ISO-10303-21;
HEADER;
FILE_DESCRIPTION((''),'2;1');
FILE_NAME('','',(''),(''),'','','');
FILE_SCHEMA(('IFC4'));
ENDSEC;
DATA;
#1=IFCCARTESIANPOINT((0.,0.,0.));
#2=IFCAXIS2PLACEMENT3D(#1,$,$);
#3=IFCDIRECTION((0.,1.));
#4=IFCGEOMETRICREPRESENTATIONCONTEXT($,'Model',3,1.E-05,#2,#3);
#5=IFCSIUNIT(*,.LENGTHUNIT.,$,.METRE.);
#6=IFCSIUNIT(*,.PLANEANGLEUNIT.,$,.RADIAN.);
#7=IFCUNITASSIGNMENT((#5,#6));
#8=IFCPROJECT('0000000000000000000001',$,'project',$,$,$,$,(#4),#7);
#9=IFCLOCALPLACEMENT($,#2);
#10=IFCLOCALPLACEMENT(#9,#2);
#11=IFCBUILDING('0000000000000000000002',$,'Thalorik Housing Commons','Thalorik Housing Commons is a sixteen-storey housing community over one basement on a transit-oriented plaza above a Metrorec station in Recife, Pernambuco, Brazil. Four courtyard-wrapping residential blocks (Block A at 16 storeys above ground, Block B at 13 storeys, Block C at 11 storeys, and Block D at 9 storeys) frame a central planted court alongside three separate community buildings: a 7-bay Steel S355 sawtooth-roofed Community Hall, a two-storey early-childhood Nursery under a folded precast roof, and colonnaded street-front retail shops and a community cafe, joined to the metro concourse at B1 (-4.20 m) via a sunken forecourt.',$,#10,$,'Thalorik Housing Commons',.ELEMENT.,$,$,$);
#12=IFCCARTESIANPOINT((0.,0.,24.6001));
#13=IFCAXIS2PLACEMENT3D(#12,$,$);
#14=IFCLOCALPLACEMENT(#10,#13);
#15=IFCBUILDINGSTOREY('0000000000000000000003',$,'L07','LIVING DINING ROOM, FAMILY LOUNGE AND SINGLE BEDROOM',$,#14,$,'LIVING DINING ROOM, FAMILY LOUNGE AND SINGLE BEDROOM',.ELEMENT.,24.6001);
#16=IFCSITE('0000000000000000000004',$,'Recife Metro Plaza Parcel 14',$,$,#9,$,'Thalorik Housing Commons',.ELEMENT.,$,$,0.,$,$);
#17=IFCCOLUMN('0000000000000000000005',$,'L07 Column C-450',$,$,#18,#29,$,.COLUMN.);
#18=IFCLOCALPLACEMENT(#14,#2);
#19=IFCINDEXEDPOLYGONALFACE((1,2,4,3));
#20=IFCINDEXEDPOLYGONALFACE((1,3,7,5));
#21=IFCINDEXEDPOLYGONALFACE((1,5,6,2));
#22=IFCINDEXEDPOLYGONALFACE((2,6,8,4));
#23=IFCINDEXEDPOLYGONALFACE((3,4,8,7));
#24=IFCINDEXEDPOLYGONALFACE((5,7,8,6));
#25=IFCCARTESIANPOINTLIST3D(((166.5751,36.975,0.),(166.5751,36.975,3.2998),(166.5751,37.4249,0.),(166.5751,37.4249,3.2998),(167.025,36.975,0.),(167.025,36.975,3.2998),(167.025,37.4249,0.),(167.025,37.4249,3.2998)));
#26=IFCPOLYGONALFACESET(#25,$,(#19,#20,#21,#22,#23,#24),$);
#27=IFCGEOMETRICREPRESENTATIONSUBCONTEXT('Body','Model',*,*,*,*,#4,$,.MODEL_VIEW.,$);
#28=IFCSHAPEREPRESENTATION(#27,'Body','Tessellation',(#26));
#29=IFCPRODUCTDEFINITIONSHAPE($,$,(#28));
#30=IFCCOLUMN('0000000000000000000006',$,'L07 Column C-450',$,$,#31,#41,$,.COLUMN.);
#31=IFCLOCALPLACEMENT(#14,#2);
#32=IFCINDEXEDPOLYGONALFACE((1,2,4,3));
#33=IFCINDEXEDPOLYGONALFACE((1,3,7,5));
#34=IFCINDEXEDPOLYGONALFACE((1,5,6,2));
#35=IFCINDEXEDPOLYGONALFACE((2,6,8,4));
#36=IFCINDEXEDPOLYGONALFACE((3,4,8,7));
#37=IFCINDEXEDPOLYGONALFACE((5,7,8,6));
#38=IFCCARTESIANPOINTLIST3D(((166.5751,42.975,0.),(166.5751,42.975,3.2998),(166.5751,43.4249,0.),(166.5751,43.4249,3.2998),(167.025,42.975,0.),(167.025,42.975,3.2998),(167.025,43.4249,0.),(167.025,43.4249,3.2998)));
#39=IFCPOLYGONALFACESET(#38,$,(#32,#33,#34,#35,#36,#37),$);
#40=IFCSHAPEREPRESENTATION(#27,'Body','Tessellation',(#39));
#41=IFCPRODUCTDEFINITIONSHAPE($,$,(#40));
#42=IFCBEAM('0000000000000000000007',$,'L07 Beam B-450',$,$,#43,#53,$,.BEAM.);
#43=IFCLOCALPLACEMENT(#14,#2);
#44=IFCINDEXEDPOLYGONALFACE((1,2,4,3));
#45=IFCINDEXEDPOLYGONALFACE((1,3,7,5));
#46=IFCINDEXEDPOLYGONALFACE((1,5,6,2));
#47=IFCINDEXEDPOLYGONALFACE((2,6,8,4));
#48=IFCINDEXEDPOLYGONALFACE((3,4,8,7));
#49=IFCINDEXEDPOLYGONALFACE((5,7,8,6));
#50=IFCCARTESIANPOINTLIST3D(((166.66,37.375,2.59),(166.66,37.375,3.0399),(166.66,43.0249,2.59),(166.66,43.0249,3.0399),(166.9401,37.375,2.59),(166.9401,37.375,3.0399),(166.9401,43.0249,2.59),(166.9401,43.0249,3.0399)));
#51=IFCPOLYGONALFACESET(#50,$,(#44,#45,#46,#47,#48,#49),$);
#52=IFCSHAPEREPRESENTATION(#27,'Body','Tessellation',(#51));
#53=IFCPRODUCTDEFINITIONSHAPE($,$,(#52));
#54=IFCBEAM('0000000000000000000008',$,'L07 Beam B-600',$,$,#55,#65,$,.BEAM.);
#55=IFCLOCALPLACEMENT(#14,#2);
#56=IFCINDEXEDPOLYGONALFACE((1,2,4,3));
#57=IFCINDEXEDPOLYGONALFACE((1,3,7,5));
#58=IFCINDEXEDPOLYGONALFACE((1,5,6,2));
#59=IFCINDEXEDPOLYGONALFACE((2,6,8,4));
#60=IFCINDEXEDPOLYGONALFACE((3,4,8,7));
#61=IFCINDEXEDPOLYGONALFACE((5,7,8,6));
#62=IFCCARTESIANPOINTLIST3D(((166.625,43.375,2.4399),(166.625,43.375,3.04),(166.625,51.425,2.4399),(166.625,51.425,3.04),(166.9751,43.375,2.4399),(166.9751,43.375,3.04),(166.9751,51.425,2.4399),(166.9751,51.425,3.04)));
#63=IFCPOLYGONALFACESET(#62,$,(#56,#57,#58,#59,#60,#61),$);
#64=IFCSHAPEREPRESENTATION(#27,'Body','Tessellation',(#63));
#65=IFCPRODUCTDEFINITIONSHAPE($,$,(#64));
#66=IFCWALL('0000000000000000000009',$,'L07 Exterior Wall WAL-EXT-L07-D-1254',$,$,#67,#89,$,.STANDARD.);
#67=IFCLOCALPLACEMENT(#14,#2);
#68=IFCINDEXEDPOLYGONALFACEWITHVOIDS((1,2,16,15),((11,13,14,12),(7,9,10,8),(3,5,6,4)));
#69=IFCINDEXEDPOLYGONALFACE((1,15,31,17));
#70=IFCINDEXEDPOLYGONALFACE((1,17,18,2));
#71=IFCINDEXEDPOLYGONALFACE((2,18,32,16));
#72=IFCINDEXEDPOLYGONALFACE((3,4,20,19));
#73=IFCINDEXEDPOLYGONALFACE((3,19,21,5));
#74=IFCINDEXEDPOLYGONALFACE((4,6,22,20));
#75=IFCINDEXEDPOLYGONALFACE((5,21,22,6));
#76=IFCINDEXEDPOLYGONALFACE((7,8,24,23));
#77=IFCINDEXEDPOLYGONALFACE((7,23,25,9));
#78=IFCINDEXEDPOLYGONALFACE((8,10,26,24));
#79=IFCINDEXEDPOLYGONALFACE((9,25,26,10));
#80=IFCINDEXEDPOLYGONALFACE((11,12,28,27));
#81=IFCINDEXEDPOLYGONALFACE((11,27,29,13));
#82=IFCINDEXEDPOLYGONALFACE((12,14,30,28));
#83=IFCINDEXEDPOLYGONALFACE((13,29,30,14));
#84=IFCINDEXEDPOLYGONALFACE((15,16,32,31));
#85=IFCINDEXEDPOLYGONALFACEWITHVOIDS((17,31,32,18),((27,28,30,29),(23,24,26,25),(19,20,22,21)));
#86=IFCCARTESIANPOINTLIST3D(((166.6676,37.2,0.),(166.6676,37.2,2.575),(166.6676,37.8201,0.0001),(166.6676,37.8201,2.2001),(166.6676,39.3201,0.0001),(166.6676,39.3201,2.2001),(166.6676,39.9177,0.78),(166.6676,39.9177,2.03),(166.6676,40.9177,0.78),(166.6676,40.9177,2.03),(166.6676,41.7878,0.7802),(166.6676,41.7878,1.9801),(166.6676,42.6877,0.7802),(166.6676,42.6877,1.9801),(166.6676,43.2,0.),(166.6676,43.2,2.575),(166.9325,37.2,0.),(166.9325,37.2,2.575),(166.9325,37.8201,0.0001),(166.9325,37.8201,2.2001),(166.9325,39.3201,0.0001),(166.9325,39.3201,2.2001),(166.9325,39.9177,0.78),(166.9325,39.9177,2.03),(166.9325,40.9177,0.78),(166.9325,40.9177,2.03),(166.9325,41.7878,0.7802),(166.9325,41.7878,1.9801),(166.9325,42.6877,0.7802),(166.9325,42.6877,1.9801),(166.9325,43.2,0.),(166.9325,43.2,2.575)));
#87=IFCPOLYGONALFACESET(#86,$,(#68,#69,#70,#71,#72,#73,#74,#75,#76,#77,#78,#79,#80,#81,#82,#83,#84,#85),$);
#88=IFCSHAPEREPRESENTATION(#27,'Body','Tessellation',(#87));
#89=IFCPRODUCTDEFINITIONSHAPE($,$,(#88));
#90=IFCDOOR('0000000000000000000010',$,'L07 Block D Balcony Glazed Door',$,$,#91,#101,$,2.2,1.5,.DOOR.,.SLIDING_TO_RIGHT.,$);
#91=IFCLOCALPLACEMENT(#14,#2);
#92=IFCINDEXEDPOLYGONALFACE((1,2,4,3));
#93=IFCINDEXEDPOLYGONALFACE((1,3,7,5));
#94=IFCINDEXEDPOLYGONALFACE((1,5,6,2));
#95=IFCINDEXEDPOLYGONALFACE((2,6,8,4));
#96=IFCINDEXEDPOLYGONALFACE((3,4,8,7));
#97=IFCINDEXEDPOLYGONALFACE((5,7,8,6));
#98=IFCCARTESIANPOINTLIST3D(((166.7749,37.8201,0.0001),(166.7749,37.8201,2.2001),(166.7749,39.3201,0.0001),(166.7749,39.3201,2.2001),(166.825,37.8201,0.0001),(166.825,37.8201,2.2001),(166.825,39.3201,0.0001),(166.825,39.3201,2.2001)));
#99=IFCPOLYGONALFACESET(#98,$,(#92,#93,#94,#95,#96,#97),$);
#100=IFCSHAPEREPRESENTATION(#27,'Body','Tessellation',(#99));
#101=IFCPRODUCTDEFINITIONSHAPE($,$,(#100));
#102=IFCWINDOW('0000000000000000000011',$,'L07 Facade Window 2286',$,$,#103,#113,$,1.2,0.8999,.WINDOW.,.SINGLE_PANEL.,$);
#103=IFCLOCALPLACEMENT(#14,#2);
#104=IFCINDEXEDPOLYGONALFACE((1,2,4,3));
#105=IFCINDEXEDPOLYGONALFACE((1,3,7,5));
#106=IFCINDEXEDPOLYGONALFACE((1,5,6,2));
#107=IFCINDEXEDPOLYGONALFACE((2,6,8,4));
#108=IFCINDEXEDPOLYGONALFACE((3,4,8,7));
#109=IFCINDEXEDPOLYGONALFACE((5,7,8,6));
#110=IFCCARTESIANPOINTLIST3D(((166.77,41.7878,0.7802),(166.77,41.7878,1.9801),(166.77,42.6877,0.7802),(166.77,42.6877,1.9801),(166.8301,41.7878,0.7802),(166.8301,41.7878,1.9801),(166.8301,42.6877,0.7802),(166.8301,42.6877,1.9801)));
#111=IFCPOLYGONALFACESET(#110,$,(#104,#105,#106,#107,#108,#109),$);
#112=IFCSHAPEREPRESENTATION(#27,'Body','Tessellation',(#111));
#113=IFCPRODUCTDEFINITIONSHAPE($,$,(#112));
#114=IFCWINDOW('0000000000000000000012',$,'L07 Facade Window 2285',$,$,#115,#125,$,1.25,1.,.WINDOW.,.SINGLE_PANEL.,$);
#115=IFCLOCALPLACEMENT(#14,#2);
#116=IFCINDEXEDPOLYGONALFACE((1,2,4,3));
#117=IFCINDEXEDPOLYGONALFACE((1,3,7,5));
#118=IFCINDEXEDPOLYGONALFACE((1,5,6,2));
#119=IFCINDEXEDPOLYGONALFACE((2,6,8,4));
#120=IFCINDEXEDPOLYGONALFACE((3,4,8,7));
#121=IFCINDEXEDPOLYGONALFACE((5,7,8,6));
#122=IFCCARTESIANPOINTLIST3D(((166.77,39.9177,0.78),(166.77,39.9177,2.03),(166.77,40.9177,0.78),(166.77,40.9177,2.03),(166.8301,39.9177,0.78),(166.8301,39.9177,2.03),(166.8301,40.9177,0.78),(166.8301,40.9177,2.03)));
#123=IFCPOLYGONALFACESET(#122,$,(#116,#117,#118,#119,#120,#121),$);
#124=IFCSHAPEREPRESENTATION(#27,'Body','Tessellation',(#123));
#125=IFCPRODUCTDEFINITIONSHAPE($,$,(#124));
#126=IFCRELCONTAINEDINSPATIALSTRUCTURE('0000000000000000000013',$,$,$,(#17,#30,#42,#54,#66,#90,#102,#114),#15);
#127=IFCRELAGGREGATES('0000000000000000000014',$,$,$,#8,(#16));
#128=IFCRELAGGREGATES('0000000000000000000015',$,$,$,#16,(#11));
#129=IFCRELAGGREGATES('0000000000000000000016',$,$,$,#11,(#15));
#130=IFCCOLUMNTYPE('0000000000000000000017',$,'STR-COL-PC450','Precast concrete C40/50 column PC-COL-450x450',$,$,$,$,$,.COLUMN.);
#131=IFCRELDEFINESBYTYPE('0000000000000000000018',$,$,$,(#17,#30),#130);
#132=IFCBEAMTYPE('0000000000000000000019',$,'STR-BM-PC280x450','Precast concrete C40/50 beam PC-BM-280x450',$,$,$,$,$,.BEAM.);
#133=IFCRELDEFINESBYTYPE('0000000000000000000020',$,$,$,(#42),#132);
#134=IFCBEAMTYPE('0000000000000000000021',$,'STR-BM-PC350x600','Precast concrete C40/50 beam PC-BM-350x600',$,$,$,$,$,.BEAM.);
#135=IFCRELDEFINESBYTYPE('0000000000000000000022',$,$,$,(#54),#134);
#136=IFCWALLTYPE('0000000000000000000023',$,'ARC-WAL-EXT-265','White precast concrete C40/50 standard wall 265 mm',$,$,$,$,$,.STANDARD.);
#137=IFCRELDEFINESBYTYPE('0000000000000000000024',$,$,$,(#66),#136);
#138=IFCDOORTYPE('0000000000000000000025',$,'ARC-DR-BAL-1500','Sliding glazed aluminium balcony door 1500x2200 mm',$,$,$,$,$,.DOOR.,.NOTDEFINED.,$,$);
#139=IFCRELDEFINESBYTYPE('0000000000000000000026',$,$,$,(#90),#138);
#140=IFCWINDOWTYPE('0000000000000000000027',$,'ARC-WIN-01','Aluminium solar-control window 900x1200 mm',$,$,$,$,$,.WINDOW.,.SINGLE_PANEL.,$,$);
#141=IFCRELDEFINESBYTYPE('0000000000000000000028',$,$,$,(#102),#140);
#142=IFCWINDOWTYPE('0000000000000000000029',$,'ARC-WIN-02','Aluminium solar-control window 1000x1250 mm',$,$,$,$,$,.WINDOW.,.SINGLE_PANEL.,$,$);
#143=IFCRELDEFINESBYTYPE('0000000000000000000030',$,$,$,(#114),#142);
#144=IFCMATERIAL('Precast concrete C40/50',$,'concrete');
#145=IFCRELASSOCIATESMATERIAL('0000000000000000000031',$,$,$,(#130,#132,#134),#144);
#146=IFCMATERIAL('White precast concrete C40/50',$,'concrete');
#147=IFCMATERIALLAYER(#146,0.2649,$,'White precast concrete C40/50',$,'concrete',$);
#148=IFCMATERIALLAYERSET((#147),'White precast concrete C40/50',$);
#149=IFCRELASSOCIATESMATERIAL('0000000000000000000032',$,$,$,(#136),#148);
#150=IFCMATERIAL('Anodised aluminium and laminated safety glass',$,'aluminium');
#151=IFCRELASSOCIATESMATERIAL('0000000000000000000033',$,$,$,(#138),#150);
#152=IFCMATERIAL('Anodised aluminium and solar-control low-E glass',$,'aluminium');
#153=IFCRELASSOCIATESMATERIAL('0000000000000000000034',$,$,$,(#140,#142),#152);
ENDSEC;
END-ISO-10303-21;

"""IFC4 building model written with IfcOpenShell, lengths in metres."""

from ifc_helpers import new_model, si_unit, direction, frame, frame_2d, origin, origin_2d, place, context, subcontext, project, spatial, rectangle, extrude, material, layer, layer_set, material_profile, profile_set, type_object, element, fill, save


model = new_model("IFC4")

# Units and contexts
model_context = context("Model", 3, precision=1e-05, world=origin(), true_north=direction((0.0, 1.0)))
body_context = subcontext(model_context, "Body", "Model", "MODEL_VIEW")
ifc_project = project(units=[si_unit("LENGTHUNIT", "METRE"), si_unit("PLANEANGLEUNIT", "RADIAN")], contexts=[model_context])

# Site, building, storey
site_placement = place(None, origin())
site = spatial("IfcSite", under=ifc_project, at=site_placement, Name="Recife Metro Plaza Parcel 14", LongName="Thalorik Housing Commons", CompositionType="ELEMENT", RefElevation=0.0)
building_placement = place(site_placement, origin())
building = spatial("IfcBuilding", under=site, at=building_placement, Name="Thalorik Housing Commons", Description="Thalorik Housing Commons is a sixteen-storey housing community over one basement on a transit-oriented plaza above a Metrorec station in Recife, Pernambuco, Brazil. Four courtyard-wrapping residential blocks (Block A at 16 storeys above ground, Block B at 13 storeys, Block C at 11 storeys, and Block D at 9 storeys) frame a central planted court alongside three separate community buildings: a 7-bay Steel S355 sawtooth-roofed Community Hall, a two-storey early-childhood Nursery under a folded precast roof, and colonnaded street-front retail shops and a community cafe, joined to the metro concourse at B1 (-4.20 m) via a sunken forecourt.", LongName="Thalorik Housing Commons", CompositionType="ELEMENT")
storey_placement = place(building_placement, frame((0.0, 0.0, 24.6001)))
storey = spatial("IfcBuildingStorey", under=building, at=storey_placement, Name="L07", Description="LIVING DINING ROOM, FAMILY LOUNGE AND SINGLE BEDROOM", LongName="LIVING DINING ROOM, FAMILY LOUNGE AND SINGLE BEDROOM", CompositionType="ELEMENT", Elevation=24.6001)

# Columns
ifc_material_1 = material(Name="Precast concrete C40/50", Category="concrete")
ifc_material_profile_1 = material_profile(ifc_material_1, rectangle(XDim=0.45, YDim=0.45, at=origin_2d()), Name="PC 450x450", Category="concrete")
ifc_profile_set_1 = profile_set([ifc_material_profile_1], Name="Precast concrete C40/50")
column_type = type_object("IfcColumnType", Name="STR-COL-PC450", Description="Precast concrete C40/50 column PC-COL-450x450", PredefinedType="COLUMN", material=ifc_profile_set_1)
for number, where, z_axis, x_axis, name in (
    (1, (166.8, 37.2, 0.0), (0.0, 0.0, 1.0), (1.0, 0.0, 0.0), "L07 Column C-450"),
    (2, (166.8, 43.2, 0.0), (0.0, 0.0, 1.0), (1.0, 0.0, 0.0), "L07 Column C-450"),
):
    element("IfcColumn", number, at=place(storey_placement, frame(where, z_axis=z_axis, x_axis=x_axis)), inside=storey, type_object=column_type, Name=name, PredefinedType="COLUMN", context=body_context, shape_type="SweptSolid", body=[
        extrude(rectangle(XDim=0.45, YDim=0.45, at=origin_2d()), origin(), (0.0, 0.0, 1.0), 3.2998),
    ])

# Beams
ifc_material_profile_2 = material_profile(ifc_material_1, rectangle(XDim=0.28, YDim=0.45, at=origin_2d()), Name="PC 280x450", Category="concrete")
ifc_profile_set_2 = profile_set([ifc_material_profile_2], Name="Precast concrete C40/50")
beam_type_1 = type_object("IfcBeamType", Name="STR-BM-PC280x450", Description="Precast concrete C40/50 beam PC-BM-280x450", PredefinedType="BEAM", material=ifc_profile_set_2)
beam_1_placement = place(storey_placement, frame((166.8, 37.375, 2.8149), z_axis=(0.0, 1.0, 0.0), x_axis=(-1.0, 0.0, 0.0)))
element("IfcBeam", 3, at=beam_1_placement, inside=storey, type_object=beam_type_1, Name="L07 Beam B-450", PredefinedType="BEAM", context=body_context, shape_type="SweptSolid", body=[
    extrude(rectangle(XDim=0.28, YDim=0.45, at=origin_2d()), origin(), (0.0, 0.0, 1.0), 5.6499),
])
ifc_material_profile_3 = material_profile(ifc_material_1, rectangle(XDim=0.3501, YDim=0.6001, at=origin_2d()), Name="PC 350x600", Category="concrete")
ifc_profile_set_3 = profile_set([ifc_material_profile_3], Name="Precast concrete C40/50")
beam_type_2 = type_object("IfcBeamType", Name="STR-BM-PC350x600", Description="Precast concrete C40/50 beam PC-BM-350x600", PredefinedType="BEAM", material=ifc_profile_set_3)
beam_2_placement = place(storey_placement, frame((166.8, 43.375, 2.74), z_axis=(0.0, 1.0, 0.0), x_axis=(-1.0, 0.0, 0.0)))
element("IfcBeam", 4, at=beam_2_placement, inside=storey, type_object=beam_type_2, Name="L07 Beam B-600", PredefinedType="BEAM", context=body_context, shape_type="SweptSolid", body=[
    extrude(rectangle(XDim=0.3501, YDim=0.6001, at=origin_2d()), origin(), (0.0, 0.0, 1.0), 8.05),
])

# Wall, openings, door, windows
ifc_material_2 = material(Name="White precast concrete C40/50", Category="concrete")
ifc_layer_1 = layer(ifc_material_2, 0.2649, Name="White precast concrete C40/50", Category="concrete")
ifc_layer_set_1 = layer_set([ifc_layer_1], Name="White precast concrete C40/50")
wall_type_1 = type_object("IfcWallType", Name="ARC-WAL-EXT-265", Description="White precast concrete C40/50 standard wall 265 mm", PredefinedType="STANDARD", material=ifc_layer_set_1)
wall_1_placement = place(storey_placement, frame((166.8, 37.2, 0.0), z_axis=(0.0, 0.0, 1.0), x_axis=(0.0, 1.0, 0.0)))
wall_1 = element("IfcWall", 5, at=wall_1_placement, inside=storey, type_object=wall_type_1, Name="L07 Exterior Wall WAL-EXT-L07-D-1254", PredefinedType="STANDARD", context=body_context, shape_type="SweptSolid", body=[
    extrude(rectangle(XDim=6.0, YDim=0.2649, at=frame_2d((3.0, 0.0))), origin(), (0.0, 0.0, 1.0), 2.575),
])
opening_1_placement = place(wall_1_placement, frame((0.6201, 0.0, 0.0)))
opening_1 = element("IfcOpeningElement", 6, at=opening_1_placement, cuts=wall_1, PredefinedType="OPENING", context=body_context, shape_type="SweptSolid", body=[
    extrude(rectangle(XDim=1.5, YDim=2.2, at=frame_2d((0.75, 1.1001))), frame((0.0, 0.1426, 0.0), z_axis=(0.0, -1.0, 0.0), x_axis=(1.0, 0.0, 0.0)), (0.0, 0.0, 1.0), 0.2849),
])
opening_2_placement = place(wall_1_placement, frame((2.7178, 0.0, 0.78)))
opening_2 = element("IfcOpeningElement", 7, at=opening_2_placement, cuts=wall_1, PredefinedType="OPENING", context=body_context, shape_type="SweptSolid", body=[
    extrude(rectangle(XDim=1.0, YDim=1.25, at=frame_2d((0.5, 0.625))), frame((0.0, 0.1426, 0.0), z_axis=(0.0, -1.0, 0.0), x_axis=(1.0, 0.0, 0.0)), (0.0, 0.0, 1.0), 0.2849),
])
opening_3_placement = place(wall_1_placement, frame((4.5879, 0.0, 0.78)))
opening_3 = element("IfcOpeningElement", 8, at=opening_3_placement, cuts=wall_1, PredefinedType="OPENING", context=body_context, shape_type="SweptSolid", body=[
    extrude(rectangle(XDim=0.8999, YDim=1.2, at=frame_2d((0.45, 0.6001))), frame((0.0, 0.1426, 0.0), z_axis=(0.0, -1.0, 0.0), x_axis=(1.0, 0.0, 0.0)), (0.0, 0.0, 1.0), 0.2849),
])
ifc_material_3 = material(Name="Anodised aluminium and laminated safety glass", Category="aluminium")
door_type_1 = type_object("IfcDoorType", Name="ARC-DR-BAL-1500", Description="Sliding glazed aluminium balcony door 1500x2200 mm", OperationType="NOTDEFINED", PredefinedType="DOOR", material=ifc_material_3)
door_1_placement = place(opening_1_placement, frame((1.5, 0.0, 0.0), z_axis=(0.0, 0.0, 1.0), x_axis=(-1.0, 0.0, 0.0)))
door_1 = element("IfcDoor", 9, at=door_1_placement, inside=storey, type_object=door_type_1, Name="L07 Block D Balcony Glazed Door", OperationType="SLIDING_TO_RIGHT", OverallHeight=2.2, OverallWidth=1.5, PredefinedType="DOOR", context=body_context, shape_type="SweptSolid", body=[
    extrude(rectangle(XDim=1.5, YDim=2.2, at=frame_2d((0.75, 1.1001))), frame((0.0, 0.0249, 0.0), z_axis=(0.0, -1.0, 0.0), x_axis=(1.0, 0.0, 0.0)), (0.0, 0.0, 1.0), 0.05),
])
fill(opening_1, door_1)
ifc_material_4 = material(Name="Anodised aluminium and solar-control low-E glass", Category="aluminium")
window_type_1 = type_object("IfcWindowType", Name="ARC-WIN-01", Description="Aluminium solar-control window 900x1200 mm", PartitioningType="SINGLE_PANEL", PredefinedType="WINDOW", material=ifc_material_4)
window_1_placement = place(opening_3_placement, origin())
window_1 = element("IfcWindow", 10, at=window_1_placement, inside=storey, type_object=window_type_1, Name="L07 Facade Window 2286", OverallHeight=1.2, OverallWidth=0.8999, PartitioningType="SINGLE_PANEL", PredefinedType="WINDOW", context=body_context, shape_type="SweptSolid", body=[
    extrude(rectangle(XDim=0.8999, YDim=1.2, at=frame_2d((0.45, 0.6001))), frame((0.0, 0.03, 0.0), z_axis=(0.0, -1.0, 0.0), x_axis=(1.0, 0.0, 0.0)), (0.0, 0.0, 1.0), 0.0601),
])
fill(opening_3, window_1)
window_type_2 = type_object("IfcWindowType", Name="ARC-WIN-02", Description="Aluminium solar-control window 1000x1250 mm", PartitioningType="SINGLE_PANEL", PredefinedType="WINDOW", material=ifc_material_4)
window_2_placement = place(opening_2_placement, origin())
window_2 = element("IfcWindow", 11, at=window_2_placement, inside=storey, type_object=window_type_2, Name="L07 Facade Window 2285", OverallHeight=1.25, OverallWidth=1.0, PartitioningType="SINGLE_PANEL", PredefinedType="WINDOW", context=body_context, shape_type="SweptSolid", body=[
    extrude(rectangle(XDim=1.0, YDim=1.25, at=frame_2d((0.5, 0.625))), frame((0.0, 0.03, 0.0), z_axis=(0.0, -1.0, 0.0), x_axis=(1.0, 0.0, 0.0)), (0.0, 0.0, 1.0), 0.0601),
])
fill(opening_2, window_2)

save(model, "model.ifc")
